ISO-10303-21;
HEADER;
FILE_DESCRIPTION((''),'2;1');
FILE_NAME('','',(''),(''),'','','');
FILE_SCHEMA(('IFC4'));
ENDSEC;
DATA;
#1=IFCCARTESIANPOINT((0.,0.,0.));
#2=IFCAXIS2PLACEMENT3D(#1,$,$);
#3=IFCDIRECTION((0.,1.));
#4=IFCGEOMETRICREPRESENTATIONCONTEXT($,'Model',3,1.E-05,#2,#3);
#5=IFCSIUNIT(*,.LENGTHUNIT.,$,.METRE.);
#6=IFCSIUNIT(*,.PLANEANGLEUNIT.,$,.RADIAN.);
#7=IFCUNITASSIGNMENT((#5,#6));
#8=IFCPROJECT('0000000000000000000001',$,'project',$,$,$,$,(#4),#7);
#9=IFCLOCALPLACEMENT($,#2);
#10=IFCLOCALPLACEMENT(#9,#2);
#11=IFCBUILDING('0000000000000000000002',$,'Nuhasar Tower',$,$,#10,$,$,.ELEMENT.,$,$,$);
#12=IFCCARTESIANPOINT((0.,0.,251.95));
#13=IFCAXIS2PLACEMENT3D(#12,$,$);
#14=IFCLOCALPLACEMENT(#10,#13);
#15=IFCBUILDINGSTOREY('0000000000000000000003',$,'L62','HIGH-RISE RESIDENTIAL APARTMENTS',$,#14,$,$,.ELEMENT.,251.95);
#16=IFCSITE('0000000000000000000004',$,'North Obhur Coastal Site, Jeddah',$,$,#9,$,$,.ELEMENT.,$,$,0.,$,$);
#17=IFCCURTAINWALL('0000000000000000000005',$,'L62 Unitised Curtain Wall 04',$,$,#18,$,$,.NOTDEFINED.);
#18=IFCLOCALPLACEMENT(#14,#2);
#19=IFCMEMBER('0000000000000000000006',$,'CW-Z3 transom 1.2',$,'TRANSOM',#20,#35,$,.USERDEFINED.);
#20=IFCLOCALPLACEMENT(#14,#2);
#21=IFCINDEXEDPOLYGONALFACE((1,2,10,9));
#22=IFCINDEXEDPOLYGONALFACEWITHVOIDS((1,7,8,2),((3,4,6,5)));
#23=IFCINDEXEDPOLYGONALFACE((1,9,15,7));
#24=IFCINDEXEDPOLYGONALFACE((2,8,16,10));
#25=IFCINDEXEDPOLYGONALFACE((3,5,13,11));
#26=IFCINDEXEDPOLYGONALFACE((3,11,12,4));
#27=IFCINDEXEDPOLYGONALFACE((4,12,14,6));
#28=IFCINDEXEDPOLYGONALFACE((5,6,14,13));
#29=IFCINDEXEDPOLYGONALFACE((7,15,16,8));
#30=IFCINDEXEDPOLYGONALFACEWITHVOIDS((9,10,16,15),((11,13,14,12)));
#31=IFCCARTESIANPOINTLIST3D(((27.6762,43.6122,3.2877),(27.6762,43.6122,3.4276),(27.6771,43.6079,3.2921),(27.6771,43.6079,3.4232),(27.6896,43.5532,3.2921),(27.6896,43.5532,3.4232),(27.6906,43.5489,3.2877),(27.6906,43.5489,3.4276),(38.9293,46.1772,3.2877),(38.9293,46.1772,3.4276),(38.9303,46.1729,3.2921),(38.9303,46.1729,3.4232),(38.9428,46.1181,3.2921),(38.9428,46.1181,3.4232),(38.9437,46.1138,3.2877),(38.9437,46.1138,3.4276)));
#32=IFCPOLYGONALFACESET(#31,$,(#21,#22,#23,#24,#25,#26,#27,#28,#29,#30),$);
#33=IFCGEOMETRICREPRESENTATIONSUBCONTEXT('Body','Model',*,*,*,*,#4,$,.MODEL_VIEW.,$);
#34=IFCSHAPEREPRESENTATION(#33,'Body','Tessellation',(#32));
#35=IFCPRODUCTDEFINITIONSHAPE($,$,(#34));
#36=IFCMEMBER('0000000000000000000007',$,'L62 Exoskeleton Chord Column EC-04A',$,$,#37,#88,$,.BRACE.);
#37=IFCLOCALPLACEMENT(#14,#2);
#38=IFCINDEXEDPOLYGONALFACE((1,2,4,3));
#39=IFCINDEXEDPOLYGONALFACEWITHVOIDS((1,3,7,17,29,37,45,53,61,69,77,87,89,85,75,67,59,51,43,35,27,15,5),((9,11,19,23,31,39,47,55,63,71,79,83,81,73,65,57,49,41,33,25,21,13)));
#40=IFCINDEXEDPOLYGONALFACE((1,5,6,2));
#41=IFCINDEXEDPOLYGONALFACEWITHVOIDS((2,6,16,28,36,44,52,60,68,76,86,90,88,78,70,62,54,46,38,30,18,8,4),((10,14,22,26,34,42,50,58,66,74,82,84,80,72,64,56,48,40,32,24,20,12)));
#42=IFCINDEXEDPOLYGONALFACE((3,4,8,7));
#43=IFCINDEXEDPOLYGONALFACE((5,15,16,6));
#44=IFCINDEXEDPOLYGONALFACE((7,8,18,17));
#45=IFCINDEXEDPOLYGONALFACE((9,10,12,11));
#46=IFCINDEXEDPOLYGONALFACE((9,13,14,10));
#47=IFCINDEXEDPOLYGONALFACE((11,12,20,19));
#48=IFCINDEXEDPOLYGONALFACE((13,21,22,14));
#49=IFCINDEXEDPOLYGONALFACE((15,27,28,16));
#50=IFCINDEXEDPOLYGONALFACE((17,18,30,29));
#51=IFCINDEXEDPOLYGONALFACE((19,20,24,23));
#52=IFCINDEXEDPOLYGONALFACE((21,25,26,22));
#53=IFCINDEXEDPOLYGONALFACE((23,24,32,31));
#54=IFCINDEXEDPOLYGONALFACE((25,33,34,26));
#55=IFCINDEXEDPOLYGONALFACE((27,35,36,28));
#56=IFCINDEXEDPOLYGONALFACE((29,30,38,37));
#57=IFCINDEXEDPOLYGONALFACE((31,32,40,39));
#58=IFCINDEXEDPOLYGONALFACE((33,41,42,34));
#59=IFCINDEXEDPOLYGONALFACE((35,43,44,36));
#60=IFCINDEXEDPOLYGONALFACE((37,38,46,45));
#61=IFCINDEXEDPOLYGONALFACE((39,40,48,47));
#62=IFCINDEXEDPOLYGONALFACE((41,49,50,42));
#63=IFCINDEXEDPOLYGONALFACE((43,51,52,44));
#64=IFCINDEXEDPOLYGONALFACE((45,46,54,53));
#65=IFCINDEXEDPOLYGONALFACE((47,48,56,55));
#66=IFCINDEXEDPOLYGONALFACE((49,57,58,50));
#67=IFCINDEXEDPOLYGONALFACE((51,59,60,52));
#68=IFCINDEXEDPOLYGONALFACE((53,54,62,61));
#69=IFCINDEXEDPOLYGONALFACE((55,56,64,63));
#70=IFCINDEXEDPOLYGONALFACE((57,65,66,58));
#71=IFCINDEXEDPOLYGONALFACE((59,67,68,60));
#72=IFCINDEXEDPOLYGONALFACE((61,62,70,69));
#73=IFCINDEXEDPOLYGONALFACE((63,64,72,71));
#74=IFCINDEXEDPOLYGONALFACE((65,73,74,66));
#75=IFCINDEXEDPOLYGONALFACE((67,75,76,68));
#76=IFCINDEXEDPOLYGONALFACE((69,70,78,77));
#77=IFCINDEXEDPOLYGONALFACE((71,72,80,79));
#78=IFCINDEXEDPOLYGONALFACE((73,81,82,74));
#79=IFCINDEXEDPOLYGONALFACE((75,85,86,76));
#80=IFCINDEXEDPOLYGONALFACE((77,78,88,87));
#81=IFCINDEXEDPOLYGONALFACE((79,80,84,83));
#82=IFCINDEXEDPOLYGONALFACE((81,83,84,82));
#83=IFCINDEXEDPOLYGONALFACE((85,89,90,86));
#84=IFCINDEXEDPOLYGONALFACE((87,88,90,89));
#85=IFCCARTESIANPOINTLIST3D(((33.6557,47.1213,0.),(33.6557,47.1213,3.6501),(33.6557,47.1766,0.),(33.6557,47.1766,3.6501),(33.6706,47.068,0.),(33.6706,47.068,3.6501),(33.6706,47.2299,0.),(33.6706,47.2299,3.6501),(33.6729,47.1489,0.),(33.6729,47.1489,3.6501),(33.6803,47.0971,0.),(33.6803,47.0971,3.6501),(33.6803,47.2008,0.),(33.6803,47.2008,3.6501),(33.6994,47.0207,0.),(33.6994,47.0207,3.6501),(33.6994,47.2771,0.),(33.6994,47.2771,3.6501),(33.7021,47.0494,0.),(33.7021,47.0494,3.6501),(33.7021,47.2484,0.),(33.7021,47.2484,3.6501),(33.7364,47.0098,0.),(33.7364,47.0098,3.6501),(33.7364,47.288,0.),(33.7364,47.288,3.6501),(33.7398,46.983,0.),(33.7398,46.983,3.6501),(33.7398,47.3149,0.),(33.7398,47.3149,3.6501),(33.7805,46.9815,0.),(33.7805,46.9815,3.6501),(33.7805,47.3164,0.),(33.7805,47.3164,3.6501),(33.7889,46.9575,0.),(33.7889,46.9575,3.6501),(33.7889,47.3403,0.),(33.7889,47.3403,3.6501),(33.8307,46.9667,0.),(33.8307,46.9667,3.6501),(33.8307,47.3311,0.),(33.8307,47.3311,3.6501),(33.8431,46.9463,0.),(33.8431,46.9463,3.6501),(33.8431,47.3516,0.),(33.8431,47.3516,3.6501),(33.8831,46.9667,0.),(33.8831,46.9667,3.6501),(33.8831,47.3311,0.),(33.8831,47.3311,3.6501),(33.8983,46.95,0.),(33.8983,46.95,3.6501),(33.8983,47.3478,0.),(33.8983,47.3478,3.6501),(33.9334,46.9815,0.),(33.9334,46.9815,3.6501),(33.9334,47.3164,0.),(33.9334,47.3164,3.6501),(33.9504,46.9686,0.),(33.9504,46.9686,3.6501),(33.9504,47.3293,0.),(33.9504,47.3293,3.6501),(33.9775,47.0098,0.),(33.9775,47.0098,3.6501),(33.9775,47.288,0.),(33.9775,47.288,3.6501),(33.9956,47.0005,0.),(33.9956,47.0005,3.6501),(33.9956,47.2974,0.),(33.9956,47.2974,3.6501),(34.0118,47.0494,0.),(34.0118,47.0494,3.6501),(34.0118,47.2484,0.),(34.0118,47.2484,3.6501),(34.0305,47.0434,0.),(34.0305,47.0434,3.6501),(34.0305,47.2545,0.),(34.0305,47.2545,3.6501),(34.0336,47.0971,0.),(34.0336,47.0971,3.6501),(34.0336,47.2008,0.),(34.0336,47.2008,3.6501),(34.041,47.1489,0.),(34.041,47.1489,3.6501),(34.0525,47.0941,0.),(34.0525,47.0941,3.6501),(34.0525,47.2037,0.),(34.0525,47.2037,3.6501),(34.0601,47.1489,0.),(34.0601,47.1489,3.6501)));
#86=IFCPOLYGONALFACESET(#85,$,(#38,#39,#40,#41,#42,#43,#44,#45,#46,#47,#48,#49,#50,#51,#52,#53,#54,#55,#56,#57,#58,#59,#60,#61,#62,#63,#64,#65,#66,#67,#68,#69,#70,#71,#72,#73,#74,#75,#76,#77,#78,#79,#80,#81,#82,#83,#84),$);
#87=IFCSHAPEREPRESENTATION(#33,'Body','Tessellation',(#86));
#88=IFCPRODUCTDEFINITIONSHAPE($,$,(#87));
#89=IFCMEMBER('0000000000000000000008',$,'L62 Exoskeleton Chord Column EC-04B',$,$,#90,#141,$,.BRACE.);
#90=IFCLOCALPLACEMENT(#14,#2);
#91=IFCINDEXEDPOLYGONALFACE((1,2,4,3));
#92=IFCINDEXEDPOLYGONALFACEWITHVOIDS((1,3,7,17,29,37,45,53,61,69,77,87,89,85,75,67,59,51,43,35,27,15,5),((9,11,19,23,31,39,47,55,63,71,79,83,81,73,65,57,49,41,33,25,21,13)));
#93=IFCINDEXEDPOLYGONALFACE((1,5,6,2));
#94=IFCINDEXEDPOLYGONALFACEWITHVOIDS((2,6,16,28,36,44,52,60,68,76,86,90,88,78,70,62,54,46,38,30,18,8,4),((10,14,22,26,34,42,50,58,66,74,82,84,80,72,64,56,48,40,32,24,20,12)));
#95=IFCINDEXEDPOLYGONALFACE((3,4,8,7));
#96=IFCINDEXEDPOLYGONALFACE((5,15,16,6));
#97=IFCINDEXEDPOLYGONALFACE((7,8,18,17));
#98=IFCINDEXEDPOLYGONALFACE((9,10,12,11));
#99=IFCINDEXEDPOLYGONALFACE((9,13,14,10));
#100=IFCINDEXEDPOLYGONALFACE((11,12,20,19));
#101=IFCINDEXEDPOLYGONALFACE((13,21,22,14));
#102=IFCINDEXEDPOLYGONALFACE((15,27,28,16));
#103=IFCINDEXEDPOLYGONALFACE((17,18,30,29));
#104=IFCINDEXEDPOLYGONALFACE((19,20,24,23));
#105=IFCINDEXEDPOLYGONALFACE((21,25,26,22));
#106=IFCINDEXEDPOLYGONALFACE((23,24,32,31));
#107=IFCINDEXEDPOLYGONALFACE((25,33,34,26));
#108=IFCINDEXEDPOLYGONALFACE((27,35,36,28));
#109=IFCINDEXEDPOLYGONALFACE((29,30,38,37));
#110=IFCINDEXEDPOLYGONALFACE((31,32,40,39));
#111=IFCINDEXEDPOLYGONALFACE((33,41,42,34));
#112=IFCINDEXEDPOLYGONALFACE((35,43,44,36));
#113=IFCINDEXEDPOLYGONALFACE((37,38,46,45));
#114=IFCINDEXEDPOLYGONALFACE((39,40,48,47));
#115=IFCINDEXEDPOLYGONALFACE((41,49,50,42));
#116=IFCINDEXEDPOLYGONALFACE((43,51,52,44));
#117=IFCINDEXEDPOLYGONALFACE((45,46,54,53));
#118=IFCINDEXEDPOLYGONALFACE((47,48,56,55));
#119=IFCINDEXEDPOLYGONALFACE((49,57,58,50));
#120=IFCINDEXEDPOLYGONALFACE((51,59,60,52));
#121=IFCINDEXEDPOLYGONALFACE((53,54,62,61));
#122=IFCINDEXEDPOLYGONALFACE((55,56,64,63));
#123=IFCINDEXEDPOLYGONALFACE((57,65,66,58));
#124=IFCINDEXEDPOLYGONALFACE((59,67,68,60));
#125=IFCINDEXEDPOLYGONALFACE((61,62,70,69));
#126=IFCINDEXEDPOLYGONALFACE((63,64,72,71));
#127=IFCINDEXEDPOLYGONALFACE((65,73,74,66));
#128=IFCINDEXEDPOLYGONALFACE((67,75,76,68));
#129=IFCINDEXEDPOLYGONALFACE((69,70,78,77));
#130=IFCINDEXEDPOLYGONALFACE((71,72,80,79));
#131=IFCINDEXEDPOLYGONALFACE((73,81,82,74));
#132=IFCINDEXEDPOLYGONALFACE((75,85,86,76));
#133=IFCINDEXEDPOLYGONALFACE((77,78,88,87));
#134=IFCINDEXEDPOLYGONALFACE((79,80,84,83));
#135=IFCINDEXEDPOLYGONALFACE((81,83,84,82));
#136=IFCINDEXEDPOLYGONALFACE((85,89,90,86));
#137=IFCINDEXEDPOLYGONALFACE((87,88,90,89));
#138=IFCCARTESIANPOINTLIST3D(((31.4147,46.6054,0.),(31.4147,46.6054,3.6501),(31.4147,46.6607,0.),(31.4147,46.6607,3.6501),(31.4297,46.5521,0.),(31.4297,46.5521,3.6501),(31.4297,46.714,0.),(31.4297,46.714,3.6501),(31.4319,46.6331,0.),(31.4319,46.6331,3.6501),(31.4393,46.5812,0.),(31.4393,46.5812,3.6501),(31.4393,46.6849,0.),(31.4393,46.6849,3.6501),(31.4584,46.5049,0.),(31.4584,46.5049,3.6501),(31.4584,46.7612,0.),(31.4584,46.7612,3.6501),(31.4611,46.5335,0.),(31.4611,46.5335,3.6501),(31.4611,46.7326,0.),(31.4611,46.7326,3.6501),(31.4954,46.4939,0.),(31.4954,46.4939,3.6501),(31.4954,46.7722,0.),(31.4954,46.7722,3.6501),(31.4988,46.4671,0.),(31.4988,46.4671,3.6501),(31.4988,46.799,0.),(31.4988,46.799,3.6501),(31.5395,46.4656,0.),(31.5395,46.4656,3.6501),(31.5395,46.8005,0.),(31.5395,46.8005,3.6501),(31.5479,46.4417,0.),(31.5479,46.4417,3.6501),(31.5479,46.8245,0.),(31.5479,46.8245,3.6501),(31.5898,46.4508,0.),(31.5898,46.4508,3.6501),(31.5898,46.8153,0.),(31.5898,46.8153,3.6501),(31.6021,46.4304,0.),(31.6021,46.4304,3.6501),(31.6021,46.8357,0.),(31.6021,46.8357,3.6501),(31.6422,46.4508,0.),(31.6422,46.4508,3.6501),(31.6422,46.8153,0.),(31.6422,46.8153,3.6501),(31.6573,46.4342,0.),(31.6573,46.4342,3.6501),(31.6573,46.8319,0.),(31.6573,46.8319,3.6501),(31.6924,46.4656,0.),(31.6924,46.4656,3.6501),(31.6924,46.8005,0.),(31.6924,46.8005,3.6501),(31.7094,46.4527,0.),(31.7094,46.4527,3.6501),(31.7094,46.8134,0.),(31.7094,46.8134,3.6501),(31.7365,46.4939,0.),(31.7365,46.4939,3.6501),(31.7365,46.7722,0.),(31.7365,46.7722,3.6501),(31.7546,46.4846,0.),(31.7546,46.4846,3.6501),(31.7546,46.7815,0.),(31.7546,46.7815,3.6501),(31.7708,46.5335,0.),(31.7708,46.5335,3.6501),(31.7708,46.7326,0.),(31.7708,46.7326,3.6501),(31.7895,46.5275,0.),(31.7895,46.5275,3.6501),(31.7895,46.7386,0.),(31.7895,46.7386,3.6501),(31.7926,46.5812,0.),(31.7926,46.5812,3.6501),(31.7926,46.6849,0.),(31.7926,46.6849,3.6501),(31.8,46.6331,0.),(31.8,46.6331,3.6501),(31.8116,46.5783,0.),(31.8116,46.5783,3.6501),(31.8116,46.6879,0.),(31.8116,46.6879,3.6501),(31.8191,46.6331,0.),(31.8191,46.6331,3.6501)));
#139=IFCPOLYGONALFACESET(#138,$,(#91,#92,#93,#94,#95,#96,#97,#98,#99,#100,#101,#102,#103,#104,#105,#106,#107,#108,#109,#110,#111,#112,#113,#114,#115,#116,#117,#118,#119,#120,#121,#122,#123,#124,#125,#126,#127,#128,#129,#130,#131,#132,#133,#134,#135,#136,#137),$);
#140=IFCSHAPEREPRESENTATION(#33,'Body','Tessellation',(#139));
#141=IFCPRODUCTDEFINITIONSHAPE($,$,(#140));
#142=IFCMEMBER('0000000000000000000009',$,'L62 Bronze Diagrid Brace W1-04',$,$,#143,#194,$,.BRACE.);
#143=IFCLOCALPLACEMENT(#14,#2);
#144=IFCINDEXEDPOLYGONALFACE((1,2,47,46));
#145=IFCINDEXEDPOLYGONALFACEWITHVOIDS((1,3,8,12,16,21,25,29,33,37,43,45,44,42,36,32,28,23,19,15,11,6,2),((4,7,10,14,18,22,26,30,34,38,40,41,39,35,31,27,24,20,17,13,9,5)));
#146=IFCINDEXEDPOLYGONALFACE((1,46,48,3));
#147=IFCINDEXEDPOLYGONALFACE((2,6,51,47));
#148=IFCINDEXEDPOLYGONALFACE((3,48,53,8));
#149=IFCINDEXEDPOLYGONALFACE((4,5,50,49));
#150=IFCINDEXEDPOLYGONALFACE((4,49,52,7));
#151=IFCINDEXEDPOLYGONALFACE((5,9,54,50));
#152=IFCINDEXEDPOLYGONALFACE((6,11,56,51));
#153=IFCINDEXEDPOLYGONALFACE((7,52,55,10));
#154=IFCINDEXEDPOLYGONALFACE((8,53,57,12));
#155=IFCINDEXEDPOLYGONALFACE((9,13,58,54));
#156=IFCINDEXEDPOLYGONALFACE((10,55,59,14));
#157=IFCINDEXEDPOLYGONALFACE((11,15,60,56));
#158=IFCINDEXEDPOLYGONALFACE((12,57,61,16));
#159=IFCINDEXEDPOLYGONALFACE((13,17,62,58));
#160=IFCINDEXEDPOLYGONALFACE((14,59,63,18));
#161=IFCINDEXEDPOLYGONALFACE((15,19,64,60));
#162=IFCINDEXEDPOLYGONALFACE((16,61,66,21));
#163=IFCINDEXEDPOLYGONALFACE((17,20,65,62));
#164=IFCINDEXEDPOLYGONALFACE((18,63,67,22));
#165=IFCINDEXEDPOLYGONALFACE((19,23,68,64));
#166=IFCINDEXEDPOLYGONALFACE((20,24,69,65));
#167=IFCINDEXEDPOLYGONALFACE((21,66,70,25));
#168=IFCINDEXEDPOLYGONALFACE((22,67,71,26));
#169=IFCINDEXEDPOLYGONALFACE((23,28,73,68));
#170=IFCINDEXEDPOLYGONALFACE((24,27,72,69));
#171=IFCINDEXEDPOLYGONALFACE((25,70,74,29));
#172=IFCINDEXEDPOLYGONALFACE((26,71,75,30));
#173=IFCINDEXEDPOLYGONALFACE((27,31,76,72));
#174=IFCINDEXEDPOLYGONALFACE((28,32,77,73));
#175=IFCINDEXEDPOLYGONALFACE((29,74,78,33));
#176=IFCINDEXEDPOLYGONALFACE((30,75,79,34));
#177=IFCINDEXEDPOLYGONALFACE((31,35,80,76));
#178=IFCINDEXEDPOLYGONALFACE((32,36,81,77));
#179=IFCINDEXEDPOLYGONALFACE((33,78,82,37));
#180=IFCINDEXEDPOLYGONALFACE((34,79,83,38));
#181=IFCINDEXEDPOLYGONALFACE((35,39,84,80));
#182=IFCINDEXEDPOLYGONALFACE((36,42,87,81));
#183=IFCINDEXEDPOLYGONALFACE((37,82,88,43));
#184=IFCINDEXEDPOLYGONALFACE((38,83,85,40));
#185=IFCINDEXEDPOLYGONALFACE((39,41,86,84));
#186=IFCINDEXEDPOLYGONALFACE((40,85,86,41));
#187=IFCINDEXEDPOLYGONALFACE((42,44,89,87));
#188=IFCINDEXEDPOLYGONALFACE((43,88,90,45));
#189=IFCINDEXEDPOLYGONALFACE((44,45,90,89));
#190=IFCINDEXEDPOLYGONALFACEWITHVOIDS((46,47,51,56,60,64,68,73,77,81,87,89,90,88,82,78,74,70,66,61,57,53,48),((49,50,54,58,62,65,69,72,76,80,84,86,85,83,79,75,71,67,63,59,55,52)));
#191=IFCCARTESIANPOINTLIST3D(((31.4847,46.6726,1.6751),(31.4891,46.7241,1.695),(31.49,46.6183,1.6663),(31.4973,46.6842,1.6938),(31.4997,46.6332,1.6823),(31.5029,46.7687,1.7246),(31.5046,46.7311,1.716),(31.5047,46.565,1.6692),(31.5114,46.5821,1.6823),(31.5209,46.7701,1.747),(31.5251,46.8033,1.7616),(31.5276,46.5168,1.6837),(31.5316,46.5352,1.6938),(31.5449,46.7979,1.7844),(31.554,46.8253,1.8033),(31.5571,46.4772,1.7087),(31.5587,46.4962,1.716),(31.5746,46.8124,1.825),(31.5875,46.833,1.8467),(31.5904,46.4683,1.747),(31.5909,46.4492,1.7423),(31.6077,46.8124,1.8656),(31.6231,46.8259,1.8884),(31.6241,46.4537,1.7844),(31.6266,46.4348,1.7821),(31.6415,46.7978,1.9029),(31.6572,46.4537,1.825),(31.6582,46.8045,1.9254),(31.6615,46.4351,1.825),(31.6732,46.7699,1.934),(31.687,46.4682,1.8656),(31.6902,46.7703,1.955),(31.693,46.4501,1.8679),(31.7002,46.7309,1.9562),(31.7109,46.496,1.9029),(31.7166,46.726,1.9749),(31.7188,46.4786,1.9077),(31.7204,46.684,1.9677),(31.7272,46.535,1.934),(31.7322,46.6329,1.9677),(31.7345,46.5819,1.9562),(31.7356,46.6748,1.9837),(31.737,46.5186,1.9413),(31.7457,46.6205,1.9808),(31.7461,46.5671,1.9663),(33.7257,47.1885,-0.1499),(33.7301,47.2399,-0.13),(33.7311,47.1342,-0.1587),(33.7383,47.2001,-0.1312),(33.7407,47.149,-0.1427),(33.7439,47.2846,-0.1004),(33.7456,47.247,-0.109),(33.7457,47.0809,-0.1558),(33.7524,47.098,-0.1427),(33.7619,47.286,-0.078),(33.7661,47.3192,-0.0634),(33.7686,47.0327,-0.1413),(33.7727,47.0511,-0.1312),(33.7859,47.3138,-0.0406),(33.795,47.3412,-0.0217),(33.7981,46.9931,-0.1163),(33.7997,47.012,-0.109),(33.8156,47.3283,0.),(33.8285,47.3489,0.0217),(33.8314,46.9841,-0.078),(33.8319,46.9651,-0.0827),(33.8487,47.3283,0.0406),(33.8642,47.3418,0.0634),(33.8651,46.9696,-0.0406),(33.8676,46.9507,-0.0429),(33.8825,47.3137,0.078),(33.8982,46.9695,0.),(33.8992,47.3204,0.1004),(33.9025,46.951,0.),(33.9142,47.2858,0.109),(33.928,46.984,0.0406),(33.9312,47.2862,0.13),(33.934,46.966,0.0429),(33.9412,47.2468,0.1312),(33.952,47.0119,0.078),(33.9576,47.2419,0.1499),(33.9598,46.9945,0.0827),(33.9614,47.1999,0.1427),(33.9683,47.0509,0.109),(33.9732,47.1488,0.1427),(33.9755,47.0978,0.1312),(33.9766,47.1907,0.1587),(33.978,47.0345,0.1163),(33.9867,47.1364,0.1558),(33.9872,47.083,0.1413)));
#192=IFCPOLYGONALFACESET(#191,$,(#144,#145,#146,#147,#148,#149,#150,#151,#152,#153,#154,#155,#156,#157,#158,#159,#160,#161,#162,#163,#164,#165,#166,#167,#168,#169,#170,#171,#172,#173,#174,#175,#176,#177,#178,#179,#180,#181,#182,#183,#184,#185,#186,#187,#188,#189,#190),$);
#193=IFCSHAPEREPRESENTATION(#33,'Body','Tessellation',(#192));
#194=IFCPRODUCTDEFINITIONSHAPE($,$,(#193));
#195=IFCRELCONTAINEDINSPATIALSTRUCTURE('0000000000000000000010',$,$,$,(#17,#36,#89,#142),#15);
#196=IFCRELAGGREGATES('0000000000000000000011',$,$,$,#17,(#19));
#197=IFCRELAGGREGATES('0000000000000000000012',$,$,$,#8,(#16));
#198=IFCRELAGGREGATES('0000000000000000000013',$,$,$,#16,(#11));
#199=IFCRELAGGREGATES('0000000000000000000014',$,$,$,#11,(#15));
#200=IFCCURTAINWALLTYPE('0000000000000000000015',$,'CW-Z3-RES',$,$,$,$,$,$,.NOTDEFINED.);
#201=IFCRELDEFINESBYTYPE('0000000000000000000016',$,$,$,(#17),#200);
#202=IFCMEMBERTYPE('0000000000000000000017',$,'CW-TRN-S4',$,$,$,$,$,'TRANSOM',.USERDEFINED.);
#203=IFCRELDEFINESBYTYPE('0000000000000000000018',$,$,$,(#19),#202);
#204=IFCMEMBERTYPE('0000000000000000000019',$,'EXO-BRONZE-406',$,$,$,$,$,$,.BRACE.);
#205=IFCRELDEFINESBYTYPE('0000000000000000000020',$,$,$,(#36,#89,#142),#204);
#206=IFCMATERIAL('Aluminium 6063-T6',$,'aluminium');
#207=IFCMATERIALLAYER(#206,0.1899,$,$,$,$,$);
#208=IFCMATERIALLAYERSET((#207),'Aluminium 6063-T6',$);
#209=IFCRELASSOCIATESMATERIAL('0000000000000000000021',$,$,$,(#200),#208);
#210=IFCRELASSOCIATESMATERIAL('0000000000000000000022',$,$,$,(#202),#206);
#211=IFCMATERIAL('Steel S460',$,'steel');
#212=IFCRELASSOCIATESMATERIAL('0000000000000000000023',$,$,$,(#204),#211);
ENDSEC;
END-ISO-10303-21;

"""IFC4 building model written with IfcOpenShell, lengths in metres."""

from ifc_helpers import new_model, si_unit, direction, frame, origin, origin_2d, place, context, subcontext, project, spatial, hollow_rectangle, hollow_circle, extrude, material, layer, layer_set, material_profile, profile_set, type_object, element, aggregate, save


model = new_model("IFC4")

# Units and contexts
model_context = context("Model", 3, precision=1e-05, world=origin(), true_north=direction((0.0, 1.0)))
body_context = subcontext(model_context, "Body", "Model", "MODEL_VIEW")
ifc_project = project(units=[si_unit("LENGTHUNIT", "METRE"), si_unit("PLANEANGLEUNIT", "RADIAN")], contexts=[model_context])

# Site, building, storey
site_placement = place(None, origin())
site = spatial("IfcSite", under=ifc_project, at=site_placement, Name="North Obhur Coastal Site, Jeddah", CompositionType="ELEMENT", RefElevation=0.0)
building_placement = place(site_placement, origin())
building = spatial("IfcBuilding", under=site, at=building_placement, Name="Nuhasar Tower", CompositionType="ELEMENT")
storey_placement = place(building_placement, frame((0.0, 0.0, 251.95)))
storey = spatial("IfcBuildingStorey", under=building, at=storey_placement, Name="L62", Description="HIGH-RISE RESIDENTIAL APARTMENTS", CompositionType="ELEMENT", Elevation=251.95)

# Curtain wall, member
ifc_material_1 = material(Name="Aluminium 6063-T6", Category="aluminium")
ifc_layer_1 = layer(ifc_material_1, 0.1899)
ifc_layer_set_1 = layer_set([ifc_layer_1], Name="Aluminium 6063-T6")
curtain_wall_type = type_object("IfcCurtainWallType", Name="CW-Z3-RES", PredefinedType="NOTDEFINED", material=ifc_layer_set_1)
curtain_wall_placement = place(storey_placement, origin())
curtain_wall = element("IfcCurtainWall", 1, at=curtain_wall_placement, inside=storey, type_object=curtain_wall_type, Name="L62 Unitised Curtain Wall 04", PredefinedType="NOTDEFINED")
ifc_material_profile_1 = material_profile(ifc_material_1, hollow_rectangle(XDim=0.0649, YDim=0.1399, WallThickness=0.0044, at=origin_2d()), Name="CWT-4")
ifc_profile_set_1 = profile_set([ifc_material_profile_1], Name="Aluminium 6063-T6")
member_type_1 = type_object("IfcMemberType", Name="CW-TRN-S4", ElementType="TRANSOM", PredefinedType="USERDEFINED", material=ifc_profile_set_1)
member_1_placement = place(storey_placement, frame((38.9365, 46.1455, 3.3577), z_axis=(-0.974994, -0.222231, 0.0), x_axis=(0.222231, -0.974994, 0.0)))
member_1 = element("IfcMember", 2, at=member_1_placement, type_object=member_type_1, Name="CW-Z3 transom 1.2", ObjectType="TRANSOM", PredefinedType="USERDEFINED", context=body_context, shape_type="SweptSolid", body=[
    extrude(hollow_rectangle(XDim=0.0649, YDim=0.1399, WallThickness=0.0044, at=origin_2d()), origin(), (0.0, 0.0, 1.0), 11.5417),
])

# Members
ifc_material_2 = material(Name="Steel S460", Category="steel")
ifc_material_profile_2 = material_profile(ifc_material_2, hollow_circle(Radius=0.2031, WallThickness=0.019, at=origin_2d()), Name="HSS406.4X19.1")
ifc_profile_set_2 = profile_set([ifc_material_profile_2], Name="Steel S460")
member_type_2 = type_object("IfcMemberType", Name="EXO-BRONZE-406", PredefinedType="BRACE", material=ifc_profile_set_2)
for number, where, z_axis, x_axis, name in (
    (3, (33.8569, 47.1489, 0.0), (0.0, 0.0, 1.0), (1.0, 0.0, 0.0), "L62 Exoskeleton Chord Column EC-04A"),
    (4, (31.616, 46.6331, 0.0), (0.0, 0.0, 1.0), (1.0, 0.0, 0.0), "L62 Exoskeleton Chord Column EC-04B"),
):
    element("IfcMember", number, at=place(storey_placement, frame(where, z_axis=z_axis, x_axis=x_axis)), inside=storey, type_object=member_type_2, Name=name, PredefinedType="BRACE", context=body_context, shape_type="SweptSolid", body=[
        extrude(hollow_circle(Radius=0.2031, WallThickness=0.019, at=origin_2d()), origin(), (0.0, 0.0, 1.0), 3.6501),
    ])
for number, where, z_axis, x_axis, name in (
    (5, (33.8569, 47.1489, 0.0), (-0.763343, -0.175721, 0.621635), (0.224332, -0.974513, 0.0), "L62 Bronze Diagrid Brace W1-04"),
):
    element("IfcMember", number, at=place(storey_placement, frame(where, z_axis=z_axis, x_axis=x_axis)), inside=storey, type_object=member_type_2, Name=name, PredefinedType="BRACE", context=body_context, shape_type="SweptSolid", body=[
        extrude(hollow_circle(Radius=0.2031, WallThickness=0.019, at=origin_2d()), origin(), (0.0, 0.0, 1.0), 2.9358),
    ])

aggregate(curtain_wall, [member_1])

save(model, "model.ifc")
